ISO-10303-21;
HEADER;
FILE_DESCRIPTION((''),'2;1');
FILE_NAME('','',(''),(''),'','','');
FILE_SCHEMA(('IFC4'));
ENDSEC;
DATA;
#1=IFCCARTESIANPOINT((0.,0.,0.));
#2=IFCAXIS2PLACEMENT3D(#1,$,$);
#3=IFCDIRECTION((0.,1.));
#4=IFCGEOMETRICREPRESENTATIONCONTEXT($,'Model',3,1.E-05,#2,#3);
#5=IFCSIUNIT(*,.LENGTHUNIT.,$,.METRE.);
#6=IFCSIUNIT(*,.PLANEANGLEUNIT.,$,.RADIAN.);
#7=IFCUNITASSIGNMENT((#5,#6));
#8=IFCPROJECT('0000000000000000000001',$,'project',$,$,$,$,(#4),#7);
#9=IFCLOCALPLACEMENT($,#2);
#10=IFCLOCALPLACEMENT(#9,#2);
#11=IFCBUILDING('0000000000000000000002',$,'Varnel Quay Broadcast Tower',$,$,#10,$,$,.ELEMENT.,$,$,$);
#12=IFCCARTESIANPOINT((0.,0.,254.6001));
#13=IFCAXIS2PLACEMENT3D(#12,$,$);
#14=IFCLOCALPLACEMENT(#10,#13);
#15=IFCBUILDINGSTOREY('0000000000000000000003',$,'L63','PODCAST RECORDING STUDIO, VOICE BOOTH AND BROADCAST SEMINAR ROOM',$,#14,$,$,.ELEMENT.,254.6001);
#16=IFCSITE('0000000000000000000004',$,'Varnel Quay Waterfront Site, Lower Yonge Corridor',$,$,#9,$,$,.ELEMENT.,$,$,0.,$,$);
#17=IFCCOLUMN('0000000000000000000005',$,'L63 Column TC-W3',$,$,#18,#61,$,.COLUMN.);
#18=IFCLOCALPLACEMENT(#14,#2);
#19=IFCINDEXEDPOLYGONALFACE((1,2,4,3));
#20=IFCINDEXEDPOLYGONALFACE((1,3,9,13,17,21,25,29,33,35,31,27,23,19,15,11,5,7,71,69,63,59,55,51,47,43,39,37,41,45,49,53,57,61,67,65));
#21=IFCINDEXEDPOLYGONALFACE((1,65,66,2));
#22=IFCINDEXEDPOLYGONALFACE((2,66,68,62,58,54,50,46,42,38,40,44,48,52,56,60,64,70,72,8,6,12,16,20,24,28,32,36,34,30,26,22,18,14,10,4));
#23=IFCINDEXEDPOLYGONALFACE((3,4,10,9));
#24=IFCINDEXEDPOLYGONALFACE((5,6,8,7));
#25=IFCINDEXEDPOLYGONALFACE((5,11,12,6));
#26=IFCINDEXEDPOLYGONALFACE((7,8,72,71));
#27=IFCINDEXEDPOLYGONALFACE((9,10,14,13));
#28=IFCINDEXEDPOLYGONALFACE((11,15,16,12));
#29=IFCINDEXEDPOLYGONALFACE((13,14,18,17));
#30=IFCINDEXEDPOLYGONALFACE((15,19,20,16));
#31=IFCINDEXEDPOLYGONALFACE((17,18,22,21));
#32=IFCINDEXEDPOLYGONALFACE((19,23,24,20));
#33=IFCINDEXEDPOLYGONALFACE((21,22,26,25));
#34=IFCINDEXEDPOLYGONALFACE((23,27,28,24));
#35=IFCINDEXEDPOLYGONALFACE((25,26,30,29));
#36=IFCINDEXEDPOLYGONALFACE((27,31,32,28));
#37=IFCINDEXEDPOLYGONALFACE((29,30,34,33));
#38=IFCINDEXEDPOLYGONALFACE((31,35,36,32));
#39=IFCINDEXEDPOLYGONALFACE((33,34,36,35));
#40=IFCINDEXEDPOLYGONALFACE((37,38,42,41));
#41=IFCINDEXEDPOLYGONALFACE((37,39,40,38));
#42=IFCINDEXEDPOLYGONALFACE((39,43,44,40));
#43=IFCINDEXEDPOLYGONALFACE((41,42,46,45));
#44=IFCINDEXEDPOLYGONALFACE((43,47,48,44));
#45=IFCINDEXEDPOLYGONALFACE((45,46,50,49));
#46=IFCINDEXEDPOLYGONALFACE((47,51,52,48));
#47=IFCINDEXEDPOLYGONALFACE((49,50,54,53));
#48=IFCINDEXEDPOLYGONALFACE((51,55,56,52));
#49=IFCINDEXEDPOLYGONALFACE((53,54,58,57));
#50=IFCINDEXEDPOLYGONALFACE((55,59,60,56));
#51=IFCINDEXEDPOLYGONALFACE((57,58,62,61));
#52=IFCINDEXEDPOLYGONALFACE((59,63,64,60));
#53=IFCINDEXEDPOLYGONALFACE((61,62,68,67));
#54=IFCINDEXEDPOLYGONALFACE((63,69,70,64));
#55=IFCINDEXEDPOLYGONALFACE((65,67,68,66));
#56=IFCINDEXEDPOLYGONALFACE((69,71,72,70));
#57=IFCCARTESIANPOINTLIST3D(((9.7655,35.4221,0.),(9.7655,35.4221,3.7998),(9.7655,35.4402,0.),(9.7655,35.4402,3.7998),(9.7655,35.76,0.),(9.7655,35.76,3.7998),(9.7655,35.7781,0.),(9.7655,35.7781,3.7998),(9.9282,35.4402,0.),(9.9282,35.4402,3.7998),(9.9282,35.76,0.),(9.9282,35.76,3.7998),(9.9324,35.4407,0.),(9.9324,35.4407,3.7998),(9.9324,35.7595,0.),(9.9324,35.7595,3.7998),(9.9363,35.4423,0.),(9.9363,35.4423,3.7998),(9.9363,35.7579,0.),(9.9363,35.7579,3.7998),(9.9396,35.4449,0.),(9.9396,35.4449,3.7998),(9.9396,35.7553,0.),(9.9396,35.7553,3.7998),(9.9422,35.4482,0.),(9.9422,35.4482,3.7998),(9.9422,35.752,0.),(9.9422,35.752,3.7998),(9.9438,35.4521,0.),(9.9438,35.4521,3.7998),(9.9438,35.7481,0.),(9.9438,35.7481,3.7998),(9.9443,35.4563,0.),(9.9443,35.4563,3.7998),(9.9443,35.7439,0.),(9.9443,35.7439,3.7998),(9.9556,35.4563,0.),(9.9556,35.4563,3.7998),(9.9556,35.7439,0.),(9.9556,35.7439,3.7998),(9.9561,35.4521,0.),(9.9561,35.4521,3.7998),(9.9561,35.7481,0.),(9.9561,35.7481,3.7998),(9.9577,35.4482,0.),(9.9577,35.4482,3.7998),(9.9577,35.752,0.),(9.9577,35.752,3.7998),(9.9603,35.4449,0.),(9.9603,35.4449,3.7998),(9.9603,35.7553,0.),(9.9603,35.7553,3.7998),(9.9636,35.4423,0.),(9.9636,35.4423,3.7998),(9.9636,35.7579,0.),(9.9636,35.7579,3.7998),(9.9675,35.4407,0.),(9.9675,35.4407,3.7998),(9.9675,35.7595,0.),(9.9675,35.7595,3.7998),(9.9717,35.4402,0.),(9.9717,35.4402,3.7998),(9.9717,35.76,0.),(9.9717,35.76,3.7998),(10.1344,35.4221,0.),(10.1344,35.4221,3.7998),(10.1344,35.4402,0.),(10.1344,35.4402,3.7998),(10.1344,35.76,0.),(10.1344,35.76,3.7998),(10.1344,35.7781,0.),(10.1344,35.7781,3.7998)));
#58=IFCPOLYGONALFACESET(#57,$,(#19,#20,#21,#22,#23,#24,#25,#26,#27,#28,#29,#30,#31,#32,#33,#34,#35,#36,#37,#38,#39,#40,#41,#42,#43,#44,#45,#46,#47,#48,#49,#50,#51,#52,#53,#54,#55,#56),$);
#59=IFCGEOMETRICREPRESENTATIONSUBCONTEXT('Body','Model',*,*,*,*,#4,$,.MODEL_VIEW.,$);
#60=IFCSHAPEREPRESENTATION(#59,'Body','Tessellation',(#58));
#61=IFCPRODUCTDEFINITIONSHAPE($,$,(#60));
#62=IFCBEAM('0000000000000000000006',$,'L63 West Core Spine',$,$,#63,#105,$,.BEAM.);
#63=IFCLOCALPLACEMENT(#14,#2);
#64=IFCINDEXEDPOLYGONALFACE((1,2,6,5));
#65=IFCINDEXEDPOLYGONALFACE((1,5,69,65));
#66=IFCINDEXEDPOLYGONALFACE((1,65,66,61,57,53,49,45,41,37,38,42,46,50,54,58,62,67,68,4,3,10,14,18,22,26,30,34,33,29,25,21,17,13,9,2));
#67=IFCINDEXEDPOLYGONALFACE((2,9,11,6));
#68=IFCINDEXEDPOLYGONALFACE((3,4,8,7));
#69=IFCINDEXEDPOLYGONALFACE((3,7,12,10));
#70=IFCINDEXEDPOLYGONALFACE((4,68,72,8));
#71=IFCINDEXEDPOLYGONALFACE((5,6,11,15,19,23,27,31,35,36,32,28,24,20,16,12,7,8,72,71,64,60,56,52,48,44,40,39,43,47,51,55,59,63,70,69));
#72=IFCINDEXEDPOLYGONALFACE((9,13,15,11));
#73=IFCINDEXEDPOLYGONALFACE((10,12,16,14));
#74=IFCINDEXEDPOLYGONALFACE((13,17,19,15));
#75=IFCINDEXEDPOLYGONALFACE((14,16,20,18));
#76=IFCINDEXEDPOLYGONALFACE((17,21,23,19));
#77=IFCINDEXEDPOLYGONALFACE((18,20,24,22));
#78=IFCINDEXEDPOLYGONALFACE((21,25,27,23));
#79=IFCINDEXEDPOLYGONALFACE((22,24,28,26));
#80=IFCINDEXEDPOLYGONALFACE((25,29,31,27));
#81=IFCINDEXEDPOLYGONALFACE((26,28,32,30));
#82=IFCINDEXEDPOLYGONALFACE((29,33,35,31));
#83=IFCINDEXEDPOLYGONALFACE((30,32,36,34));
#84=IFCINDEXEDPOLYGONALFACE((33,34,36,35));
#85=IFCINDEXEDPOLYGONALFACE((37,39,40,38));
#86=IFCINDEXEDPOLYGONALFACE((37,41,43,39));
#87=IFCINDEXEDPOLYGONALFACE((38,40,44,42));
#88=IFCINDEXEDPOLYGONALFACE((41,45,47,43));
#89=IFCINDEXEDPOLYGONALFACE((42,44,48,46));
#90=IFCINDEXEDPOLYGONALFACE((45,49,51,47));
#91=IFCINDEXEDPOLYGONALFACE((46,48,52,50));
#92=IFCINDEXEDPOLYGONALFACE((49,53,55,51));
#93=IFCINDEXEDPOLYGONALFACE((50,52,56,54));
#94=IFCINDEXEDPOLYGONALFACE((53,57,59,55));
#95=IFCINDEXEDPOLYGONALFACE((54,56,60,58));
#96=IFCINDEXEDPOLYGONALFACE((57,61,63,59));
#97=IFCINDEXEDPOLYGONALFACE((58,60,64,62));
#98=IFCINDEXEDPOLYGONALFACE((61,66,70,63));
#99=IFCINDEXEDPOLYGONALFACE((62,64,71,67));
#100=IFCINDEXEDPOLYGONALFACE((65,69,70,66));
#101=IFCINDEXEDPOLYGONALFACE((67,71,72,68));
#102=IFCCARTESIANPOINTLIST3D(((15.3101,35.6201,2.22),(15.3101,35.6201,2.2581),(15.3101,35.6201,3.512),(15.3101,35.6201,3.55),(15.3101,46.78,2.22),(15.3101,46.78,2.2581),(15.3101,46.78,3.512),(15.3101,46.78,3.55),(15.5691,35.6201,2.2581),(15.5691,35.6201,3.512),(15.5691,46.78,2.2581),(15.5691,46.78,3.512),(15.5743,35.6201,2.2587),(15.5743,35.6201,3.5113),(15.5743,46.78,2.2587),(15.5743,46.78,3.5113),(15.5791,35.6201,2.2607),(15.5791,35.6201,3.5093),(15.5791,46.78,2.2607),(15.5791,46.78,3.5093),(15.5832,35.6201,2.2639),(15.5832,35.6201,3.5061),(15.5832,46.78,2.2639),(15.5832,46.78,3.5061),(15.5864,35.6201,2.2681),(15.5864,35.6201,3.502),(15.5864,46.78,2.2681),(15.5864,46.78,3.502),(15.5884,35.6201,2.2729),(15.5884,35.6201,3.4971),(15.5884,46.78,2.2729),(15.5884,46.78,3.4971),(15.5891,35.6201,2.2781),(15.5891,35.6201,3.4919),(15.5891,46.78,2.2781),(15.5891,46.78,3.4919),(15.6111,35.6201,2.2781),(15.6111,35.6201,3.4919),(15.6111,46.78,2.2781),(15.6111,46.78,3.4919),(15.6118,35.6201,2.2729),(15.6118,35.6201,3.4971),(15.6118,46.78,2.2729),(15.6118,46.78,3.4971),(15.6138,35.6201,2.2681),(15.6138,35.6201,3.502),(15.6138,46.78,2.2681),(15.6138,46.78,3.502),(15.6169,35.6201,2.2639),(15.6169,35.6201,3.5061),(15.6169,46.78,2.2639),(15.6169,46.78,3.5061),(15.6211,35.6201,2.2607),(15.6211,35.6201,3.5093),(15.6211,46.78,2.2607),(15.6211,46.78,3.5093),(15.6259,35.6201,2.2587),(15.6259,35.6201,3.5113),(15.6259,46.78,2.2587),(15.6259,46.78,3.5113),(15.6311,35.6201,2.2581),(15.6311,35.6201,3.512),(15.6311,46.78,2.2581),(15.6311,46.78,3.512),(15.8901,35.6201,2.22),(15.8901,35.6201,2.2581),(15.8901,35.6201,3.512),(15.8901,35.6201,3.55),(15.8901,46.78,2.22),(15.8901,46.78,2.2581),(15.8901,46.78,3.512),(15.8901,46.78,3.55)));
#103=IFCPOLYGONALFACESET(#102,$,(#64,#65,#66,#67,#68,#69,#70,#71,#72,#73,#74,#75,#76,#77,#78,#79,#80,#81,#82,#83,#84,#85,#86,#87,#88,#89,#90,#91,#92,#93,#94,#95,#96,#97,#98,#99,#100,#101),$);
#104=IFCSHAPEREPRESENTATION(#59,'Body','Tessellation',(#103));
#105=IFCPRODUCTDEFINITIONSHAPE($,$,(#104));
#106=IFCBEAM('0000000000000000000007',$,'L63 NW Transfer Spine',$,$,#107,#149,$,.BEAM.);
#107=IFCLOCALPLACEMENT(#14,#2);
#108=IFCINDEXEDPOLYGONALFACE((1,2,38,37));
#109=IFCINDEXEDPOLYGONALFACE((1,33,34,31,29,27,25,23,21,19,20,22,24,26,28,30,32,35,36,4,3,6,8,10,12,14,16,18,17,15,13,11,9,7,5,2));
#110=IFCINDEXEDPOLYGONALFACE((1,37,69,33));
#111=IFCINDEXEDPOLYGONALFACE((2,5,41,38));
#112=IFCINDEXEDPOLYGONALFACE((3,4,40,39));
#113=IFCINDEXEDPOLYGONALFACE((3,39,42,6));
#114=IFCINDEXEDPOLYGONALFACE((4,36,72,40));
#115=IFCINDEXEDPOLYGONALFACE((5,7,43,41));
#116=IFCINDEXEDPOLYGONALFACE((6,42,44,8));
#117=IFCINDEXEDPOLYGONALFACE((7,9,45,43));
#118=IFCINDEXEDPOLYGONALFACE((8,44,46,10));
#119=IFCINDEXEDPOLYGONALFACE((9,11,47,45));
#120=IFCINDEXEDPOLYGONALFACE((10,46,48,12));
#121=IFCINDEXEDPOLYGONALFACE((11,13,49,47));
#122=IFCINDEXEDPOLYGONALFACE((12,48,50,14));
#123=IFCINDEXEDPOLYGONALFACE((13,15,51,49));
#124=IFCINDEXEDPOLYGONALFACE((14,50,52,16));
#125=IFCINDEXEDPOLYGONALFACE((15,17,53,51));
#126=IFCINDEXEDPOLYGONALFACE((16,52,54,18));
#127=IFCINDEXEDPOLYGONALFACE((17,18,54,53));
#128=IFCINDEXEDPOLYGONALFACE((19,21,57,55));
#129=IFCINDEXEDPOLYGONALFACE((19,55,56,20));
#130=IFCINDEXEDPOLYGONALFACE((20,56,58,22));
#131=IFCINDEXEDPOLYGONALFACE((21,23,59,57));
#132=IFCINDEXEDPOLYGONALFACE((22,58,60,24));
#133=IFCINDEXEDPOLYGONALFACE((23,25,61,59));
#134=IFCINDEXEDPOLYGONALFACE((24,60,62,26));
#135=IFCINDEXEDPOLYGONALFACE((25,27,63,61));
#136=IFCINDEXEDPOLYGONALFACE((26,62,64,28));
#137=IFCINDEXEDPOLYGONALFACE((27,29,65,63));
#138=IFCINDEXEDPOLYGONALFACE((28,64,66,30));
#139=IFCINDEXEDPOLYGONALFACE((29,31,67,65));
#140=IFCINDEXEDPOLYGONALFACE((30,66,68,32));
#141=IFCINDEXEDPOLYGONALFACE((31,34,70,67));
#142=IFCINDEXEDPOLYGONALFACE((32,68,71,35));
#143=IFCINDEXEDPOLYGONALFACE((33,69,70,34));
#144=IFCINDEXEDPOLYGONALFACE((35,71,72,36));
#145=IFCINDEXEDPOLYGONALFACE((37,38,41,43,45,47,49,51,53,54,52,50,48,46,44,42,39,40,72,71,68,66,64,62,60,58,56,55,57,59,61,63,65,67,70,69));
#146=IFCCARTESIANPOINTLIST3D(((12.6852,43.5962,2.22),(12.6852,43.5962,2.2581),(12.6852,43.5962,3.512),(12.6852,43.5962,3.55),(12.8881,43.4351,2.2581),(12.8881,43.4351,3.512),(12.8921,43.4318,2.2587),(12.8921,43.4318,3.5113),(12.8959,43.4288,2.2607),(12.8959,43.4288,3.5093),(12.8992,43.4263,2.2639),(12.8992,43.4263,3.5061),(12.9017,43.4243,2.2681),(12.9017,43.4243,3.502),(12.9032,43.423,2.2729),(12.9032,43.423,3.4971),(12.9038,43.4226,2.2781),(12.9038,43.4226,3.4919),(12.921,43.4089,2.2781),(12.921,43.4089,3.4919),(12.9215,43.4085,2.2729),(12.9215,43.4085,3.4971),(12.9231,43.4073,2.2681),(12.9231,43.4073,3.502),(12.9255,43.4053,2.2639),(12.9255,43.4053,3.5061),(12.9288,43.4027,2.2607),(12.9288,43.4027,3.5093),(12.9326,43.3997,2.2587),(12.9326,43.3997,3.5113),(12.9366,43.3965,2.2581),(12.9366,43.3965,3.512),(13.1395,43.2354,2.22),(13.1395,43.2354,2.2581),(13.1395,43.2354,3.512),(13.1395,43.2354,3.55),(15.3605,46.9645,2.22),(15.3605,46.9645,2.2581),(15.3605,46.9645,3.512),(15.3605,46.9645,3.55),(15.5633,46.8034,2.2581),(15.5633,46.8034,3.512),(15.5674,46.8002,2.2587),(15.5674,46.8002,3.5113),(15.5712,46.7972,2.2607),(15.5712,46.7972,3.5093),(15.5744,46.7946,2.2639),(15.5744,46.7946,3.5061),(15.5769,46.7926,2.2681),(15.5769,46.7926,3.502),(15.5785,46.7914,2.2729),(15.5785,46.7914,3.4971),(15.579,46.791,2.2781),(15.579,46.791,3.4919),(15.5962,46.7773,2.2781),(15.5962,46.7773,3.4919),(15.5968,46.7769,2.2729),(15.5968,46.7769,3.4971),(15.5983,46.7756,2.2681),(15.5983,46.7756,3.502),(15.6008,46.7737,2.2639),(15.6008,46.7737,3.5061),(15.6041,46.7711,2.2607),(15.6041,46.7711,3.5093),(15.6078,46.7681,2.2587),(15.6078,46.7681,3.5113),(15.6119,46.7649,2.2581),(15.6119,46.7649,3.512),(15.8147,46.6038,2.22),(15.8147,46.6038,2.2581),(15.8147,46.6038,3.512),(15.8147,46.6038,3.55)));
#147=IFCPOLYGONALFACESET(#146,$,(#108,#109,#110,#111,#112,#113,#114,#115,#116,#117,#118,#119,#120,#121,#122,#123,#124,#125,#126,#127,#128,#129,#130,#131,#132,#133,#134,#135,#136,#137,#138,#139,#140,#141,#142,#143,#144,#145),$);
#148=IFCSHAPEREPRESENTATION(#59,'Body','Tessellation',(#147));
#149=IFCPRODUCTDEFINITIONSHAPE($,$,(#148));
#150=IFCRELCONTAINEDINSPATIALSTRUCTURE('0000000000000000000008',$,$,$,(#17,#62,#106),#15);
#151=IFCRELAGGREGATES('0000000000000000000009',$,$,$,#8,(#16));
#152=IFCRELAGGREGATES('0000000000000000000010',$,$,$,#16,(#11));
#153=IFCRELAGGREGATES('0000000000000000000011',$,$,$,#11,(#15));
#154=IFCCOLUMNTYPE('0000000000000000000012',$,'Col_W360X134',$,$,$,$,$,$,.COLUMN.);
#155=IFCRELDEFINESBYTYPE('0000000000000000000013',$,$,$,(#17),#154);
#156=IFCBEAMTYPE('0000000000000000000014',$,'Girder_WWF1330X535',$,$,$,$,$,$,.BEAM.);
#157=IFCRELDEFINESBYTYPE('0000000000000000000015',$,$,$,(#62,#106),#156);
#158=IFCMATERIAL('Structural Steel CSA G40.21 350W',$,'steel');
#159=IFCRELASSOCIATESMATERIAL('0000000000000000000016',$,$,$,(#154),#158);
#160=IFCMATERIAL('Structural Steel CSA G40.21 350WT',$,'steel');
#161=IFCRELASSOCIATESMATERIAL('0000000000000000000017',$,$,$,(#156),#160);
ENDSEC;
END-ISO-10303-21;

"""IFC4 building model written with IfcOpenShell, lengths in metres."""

from ifc_helpers import new_model, si_unit, direction, frame, origin, origin_2d, place, context, subcontext, project, spatial, i_section, extrude, source, transform, mapped, material, material_profile, profile_set, type_object, type_shapes, element, save


model = new_model("IFC4")

# Units and contexts
model_context = context("Model", 3, precision=1e-05, world=origin(), true_north=direction((0.0, 1.0)))
body_context = subcontext(model_context, "Body", "Model", "MODEL_VIEW")
ifc_project = project(units=[si_unit("LENGTHUNIT", "METRE"), si_unit("PLANEANGLEUNIT", "RADIAN")], contexts=[model_context])

# Site, building, storey
site_placement = place(None, origin())
site = spatial("IfcSite", under=ifc_project, at=site_placement, Name="Varnel Quay Waterfront Site, Lower Yonge Corridor", CompositionType="ELEMENT", RefElevation=0.0)
building_placement = place(site_placement, origin())
building = spatial("IfcBuilding", under=site, at=building_placement, Name="Varnel Quay Broadcast Tower", CompositionType="ELEMENT")
storey_placement = place(building_placement, frame((0.0, 0.0, 254.6001)))
storey = spatial("IfcBuildingStorey", under=building, at=storey_placement, Name="L63", Description="PODCAST RECORDING STUDIO, VOICE BOOTH AND BROADCAST SEMINAR ROOM", CompositionType="ELEMENT", Elevation=254.6001)

# Column
ifc_material_1 = material(Name="Structural Steel CSA G40.21 350WT", Category="steel")
ifc_material_2 = material(Name="Structural Steel CSA G40.21 350W", Category="steel")
ifc_material_profile_1 = material_profile(ifc_material_2, i_section(OverallWidth=0.3689, OverallDepth=0.356, WebThickness=0.0112, FlangeThickness=0.0181, FilletRadius=0.0161, at=origin_2d()), Name="W360X134")
ifc_profile_set_1 = profile_set([ifc_material_profile_1], Name="Structural Steel CSA G40.21 350W")
column_type_1 = type_object("IfcColumnType", Name="Col_W360X134", PredefinedType="COLUMN", material=ifc_profile_set_1)
shared_shape_1 = source(origin(), body_context, "Body", "SweptSolid", [
    extrude(i_section(OverallWidth=0.3689, OverallDepth=0.356, WebThickness=0.0112, FlangeThickness=0.0181, FilletRadius=0.0161, at=origin_2d()), origin(), (0.0, 0.0, 1.0), 3.7998),
])
type_shapes(column_type_1, [shared_shape_1])
for number, where, z_axis, x_axis, name in (
    (1, (9.95, 35.6001, 0.0), (0.0, 0.0, 1.0), (1.0, 0.0, 0.0), "L63 Column TC-W3"),
):
    element("IfcColumn", number, at=place(storey_placement, frame(where, z_axis=z_axis, x_axis=x_axis)), inside=storey, type_object=column_type_1, Name=name, PredefinedType="COLUMN", context=body_context, shape_type="MappedRepresentation", body=[
        mapped(shared_shape_1, transform((0.0, 0.0, 0.0), x_axis=(1.0, 0.0, 0.0), y_axis=(0.0, 1.0, 0.0), z_axis=(0.0, 0.0, 1.0), scale=1.0)),
    ])

# Beams
ifc_material_profile_2 = material_profile(ifc_material_1, i_section(OverallWidth=0.5801, OverallDepth=1.3301, WebThickness=0.022, FlangeThickness=0.0381, FilletRadius=0.02, at=origin_2d()), Name="WWF1330X535")
ifc_profile_set_2 = profile_set([ifc_material_profile_2], Name="Structural Steel CSA G40.21 350WT")
beam_type_1 = type_object("IfcBeamType", Name="Girder_WWF1330X535", PredefinedType="BEAM", material=ifc_profile_set_2)
shared_shape_2 = source(origin(), body_context, "Body", "SweptSolid", [
    extrude(i_section(OverallWidth=0.5801, OverallDepth=1.3301, WebThickness=0.022, FlangeThickness=0.0381, FilletRadius=0.02, at=origin_2d()), origin(), (0.0, 0.0, 1.0), 11.1599),
])
beam_1_placement = place(storey_placement, frame((15.6001, 35.6201, 2.885), z_axis=(0.0, 1.0, 0.0), x_axis=(-1.0, 0.0, 0.0)))
element("IfcBeam", 2, at=beam_1_placement, inside=storey, type_object=beam_type_1, Name="L63 West Core Spine", PredefinedType="BEAM", context=body_context, shape_type="MappedRepresentation", body=[
    mapped(shared_shape_2, transform((0.0, 0.0, 0.0), x_axis=(1.0, 0.0, 0.0), y_axis=(0.0, 1.0, 0.0), z_axis=(0.0, 0.0, 1.0), scale=1.0)),
])
shared_shape_3 = source(origin(), body_context, "Body", "SweptSolid", [
    extrude(i_section(OverallWidth=0.5801, OverallDepth=1.3301, WebThickness=0.022, FlangeThickness=0.0381, FilletRadius=0.02, at=origin_2d()), origin(), (0.0, 0.0, 1.0), 4.3015),
])
beam_2_placement = place(storey_placement, frame((12.9124, 43.4158, 2.885), z_axis=(0.621936, 0.783068, 0.0), x_axis=(-0.783068, 0.621936, 0.0)))
element("IfcBeam", 3, at=beam_2_placement, inside=storey, type_object=beam_type_1, Name="L63 NW Transfer Spine", PredefinedType="BEAM", context=body_context, shape_type="MappedRepresentation", body=[
    mapped(shared_shape_3, transform((0.0, 0.0, 0.0), x_axis=(1.0, 0.0, 0.0), y_axis=(0.0, 1.0, 0.0), z_axis=(0.0, 0.0, 1.0), scale=1.0)),
])

save(model, "model.ifc")
